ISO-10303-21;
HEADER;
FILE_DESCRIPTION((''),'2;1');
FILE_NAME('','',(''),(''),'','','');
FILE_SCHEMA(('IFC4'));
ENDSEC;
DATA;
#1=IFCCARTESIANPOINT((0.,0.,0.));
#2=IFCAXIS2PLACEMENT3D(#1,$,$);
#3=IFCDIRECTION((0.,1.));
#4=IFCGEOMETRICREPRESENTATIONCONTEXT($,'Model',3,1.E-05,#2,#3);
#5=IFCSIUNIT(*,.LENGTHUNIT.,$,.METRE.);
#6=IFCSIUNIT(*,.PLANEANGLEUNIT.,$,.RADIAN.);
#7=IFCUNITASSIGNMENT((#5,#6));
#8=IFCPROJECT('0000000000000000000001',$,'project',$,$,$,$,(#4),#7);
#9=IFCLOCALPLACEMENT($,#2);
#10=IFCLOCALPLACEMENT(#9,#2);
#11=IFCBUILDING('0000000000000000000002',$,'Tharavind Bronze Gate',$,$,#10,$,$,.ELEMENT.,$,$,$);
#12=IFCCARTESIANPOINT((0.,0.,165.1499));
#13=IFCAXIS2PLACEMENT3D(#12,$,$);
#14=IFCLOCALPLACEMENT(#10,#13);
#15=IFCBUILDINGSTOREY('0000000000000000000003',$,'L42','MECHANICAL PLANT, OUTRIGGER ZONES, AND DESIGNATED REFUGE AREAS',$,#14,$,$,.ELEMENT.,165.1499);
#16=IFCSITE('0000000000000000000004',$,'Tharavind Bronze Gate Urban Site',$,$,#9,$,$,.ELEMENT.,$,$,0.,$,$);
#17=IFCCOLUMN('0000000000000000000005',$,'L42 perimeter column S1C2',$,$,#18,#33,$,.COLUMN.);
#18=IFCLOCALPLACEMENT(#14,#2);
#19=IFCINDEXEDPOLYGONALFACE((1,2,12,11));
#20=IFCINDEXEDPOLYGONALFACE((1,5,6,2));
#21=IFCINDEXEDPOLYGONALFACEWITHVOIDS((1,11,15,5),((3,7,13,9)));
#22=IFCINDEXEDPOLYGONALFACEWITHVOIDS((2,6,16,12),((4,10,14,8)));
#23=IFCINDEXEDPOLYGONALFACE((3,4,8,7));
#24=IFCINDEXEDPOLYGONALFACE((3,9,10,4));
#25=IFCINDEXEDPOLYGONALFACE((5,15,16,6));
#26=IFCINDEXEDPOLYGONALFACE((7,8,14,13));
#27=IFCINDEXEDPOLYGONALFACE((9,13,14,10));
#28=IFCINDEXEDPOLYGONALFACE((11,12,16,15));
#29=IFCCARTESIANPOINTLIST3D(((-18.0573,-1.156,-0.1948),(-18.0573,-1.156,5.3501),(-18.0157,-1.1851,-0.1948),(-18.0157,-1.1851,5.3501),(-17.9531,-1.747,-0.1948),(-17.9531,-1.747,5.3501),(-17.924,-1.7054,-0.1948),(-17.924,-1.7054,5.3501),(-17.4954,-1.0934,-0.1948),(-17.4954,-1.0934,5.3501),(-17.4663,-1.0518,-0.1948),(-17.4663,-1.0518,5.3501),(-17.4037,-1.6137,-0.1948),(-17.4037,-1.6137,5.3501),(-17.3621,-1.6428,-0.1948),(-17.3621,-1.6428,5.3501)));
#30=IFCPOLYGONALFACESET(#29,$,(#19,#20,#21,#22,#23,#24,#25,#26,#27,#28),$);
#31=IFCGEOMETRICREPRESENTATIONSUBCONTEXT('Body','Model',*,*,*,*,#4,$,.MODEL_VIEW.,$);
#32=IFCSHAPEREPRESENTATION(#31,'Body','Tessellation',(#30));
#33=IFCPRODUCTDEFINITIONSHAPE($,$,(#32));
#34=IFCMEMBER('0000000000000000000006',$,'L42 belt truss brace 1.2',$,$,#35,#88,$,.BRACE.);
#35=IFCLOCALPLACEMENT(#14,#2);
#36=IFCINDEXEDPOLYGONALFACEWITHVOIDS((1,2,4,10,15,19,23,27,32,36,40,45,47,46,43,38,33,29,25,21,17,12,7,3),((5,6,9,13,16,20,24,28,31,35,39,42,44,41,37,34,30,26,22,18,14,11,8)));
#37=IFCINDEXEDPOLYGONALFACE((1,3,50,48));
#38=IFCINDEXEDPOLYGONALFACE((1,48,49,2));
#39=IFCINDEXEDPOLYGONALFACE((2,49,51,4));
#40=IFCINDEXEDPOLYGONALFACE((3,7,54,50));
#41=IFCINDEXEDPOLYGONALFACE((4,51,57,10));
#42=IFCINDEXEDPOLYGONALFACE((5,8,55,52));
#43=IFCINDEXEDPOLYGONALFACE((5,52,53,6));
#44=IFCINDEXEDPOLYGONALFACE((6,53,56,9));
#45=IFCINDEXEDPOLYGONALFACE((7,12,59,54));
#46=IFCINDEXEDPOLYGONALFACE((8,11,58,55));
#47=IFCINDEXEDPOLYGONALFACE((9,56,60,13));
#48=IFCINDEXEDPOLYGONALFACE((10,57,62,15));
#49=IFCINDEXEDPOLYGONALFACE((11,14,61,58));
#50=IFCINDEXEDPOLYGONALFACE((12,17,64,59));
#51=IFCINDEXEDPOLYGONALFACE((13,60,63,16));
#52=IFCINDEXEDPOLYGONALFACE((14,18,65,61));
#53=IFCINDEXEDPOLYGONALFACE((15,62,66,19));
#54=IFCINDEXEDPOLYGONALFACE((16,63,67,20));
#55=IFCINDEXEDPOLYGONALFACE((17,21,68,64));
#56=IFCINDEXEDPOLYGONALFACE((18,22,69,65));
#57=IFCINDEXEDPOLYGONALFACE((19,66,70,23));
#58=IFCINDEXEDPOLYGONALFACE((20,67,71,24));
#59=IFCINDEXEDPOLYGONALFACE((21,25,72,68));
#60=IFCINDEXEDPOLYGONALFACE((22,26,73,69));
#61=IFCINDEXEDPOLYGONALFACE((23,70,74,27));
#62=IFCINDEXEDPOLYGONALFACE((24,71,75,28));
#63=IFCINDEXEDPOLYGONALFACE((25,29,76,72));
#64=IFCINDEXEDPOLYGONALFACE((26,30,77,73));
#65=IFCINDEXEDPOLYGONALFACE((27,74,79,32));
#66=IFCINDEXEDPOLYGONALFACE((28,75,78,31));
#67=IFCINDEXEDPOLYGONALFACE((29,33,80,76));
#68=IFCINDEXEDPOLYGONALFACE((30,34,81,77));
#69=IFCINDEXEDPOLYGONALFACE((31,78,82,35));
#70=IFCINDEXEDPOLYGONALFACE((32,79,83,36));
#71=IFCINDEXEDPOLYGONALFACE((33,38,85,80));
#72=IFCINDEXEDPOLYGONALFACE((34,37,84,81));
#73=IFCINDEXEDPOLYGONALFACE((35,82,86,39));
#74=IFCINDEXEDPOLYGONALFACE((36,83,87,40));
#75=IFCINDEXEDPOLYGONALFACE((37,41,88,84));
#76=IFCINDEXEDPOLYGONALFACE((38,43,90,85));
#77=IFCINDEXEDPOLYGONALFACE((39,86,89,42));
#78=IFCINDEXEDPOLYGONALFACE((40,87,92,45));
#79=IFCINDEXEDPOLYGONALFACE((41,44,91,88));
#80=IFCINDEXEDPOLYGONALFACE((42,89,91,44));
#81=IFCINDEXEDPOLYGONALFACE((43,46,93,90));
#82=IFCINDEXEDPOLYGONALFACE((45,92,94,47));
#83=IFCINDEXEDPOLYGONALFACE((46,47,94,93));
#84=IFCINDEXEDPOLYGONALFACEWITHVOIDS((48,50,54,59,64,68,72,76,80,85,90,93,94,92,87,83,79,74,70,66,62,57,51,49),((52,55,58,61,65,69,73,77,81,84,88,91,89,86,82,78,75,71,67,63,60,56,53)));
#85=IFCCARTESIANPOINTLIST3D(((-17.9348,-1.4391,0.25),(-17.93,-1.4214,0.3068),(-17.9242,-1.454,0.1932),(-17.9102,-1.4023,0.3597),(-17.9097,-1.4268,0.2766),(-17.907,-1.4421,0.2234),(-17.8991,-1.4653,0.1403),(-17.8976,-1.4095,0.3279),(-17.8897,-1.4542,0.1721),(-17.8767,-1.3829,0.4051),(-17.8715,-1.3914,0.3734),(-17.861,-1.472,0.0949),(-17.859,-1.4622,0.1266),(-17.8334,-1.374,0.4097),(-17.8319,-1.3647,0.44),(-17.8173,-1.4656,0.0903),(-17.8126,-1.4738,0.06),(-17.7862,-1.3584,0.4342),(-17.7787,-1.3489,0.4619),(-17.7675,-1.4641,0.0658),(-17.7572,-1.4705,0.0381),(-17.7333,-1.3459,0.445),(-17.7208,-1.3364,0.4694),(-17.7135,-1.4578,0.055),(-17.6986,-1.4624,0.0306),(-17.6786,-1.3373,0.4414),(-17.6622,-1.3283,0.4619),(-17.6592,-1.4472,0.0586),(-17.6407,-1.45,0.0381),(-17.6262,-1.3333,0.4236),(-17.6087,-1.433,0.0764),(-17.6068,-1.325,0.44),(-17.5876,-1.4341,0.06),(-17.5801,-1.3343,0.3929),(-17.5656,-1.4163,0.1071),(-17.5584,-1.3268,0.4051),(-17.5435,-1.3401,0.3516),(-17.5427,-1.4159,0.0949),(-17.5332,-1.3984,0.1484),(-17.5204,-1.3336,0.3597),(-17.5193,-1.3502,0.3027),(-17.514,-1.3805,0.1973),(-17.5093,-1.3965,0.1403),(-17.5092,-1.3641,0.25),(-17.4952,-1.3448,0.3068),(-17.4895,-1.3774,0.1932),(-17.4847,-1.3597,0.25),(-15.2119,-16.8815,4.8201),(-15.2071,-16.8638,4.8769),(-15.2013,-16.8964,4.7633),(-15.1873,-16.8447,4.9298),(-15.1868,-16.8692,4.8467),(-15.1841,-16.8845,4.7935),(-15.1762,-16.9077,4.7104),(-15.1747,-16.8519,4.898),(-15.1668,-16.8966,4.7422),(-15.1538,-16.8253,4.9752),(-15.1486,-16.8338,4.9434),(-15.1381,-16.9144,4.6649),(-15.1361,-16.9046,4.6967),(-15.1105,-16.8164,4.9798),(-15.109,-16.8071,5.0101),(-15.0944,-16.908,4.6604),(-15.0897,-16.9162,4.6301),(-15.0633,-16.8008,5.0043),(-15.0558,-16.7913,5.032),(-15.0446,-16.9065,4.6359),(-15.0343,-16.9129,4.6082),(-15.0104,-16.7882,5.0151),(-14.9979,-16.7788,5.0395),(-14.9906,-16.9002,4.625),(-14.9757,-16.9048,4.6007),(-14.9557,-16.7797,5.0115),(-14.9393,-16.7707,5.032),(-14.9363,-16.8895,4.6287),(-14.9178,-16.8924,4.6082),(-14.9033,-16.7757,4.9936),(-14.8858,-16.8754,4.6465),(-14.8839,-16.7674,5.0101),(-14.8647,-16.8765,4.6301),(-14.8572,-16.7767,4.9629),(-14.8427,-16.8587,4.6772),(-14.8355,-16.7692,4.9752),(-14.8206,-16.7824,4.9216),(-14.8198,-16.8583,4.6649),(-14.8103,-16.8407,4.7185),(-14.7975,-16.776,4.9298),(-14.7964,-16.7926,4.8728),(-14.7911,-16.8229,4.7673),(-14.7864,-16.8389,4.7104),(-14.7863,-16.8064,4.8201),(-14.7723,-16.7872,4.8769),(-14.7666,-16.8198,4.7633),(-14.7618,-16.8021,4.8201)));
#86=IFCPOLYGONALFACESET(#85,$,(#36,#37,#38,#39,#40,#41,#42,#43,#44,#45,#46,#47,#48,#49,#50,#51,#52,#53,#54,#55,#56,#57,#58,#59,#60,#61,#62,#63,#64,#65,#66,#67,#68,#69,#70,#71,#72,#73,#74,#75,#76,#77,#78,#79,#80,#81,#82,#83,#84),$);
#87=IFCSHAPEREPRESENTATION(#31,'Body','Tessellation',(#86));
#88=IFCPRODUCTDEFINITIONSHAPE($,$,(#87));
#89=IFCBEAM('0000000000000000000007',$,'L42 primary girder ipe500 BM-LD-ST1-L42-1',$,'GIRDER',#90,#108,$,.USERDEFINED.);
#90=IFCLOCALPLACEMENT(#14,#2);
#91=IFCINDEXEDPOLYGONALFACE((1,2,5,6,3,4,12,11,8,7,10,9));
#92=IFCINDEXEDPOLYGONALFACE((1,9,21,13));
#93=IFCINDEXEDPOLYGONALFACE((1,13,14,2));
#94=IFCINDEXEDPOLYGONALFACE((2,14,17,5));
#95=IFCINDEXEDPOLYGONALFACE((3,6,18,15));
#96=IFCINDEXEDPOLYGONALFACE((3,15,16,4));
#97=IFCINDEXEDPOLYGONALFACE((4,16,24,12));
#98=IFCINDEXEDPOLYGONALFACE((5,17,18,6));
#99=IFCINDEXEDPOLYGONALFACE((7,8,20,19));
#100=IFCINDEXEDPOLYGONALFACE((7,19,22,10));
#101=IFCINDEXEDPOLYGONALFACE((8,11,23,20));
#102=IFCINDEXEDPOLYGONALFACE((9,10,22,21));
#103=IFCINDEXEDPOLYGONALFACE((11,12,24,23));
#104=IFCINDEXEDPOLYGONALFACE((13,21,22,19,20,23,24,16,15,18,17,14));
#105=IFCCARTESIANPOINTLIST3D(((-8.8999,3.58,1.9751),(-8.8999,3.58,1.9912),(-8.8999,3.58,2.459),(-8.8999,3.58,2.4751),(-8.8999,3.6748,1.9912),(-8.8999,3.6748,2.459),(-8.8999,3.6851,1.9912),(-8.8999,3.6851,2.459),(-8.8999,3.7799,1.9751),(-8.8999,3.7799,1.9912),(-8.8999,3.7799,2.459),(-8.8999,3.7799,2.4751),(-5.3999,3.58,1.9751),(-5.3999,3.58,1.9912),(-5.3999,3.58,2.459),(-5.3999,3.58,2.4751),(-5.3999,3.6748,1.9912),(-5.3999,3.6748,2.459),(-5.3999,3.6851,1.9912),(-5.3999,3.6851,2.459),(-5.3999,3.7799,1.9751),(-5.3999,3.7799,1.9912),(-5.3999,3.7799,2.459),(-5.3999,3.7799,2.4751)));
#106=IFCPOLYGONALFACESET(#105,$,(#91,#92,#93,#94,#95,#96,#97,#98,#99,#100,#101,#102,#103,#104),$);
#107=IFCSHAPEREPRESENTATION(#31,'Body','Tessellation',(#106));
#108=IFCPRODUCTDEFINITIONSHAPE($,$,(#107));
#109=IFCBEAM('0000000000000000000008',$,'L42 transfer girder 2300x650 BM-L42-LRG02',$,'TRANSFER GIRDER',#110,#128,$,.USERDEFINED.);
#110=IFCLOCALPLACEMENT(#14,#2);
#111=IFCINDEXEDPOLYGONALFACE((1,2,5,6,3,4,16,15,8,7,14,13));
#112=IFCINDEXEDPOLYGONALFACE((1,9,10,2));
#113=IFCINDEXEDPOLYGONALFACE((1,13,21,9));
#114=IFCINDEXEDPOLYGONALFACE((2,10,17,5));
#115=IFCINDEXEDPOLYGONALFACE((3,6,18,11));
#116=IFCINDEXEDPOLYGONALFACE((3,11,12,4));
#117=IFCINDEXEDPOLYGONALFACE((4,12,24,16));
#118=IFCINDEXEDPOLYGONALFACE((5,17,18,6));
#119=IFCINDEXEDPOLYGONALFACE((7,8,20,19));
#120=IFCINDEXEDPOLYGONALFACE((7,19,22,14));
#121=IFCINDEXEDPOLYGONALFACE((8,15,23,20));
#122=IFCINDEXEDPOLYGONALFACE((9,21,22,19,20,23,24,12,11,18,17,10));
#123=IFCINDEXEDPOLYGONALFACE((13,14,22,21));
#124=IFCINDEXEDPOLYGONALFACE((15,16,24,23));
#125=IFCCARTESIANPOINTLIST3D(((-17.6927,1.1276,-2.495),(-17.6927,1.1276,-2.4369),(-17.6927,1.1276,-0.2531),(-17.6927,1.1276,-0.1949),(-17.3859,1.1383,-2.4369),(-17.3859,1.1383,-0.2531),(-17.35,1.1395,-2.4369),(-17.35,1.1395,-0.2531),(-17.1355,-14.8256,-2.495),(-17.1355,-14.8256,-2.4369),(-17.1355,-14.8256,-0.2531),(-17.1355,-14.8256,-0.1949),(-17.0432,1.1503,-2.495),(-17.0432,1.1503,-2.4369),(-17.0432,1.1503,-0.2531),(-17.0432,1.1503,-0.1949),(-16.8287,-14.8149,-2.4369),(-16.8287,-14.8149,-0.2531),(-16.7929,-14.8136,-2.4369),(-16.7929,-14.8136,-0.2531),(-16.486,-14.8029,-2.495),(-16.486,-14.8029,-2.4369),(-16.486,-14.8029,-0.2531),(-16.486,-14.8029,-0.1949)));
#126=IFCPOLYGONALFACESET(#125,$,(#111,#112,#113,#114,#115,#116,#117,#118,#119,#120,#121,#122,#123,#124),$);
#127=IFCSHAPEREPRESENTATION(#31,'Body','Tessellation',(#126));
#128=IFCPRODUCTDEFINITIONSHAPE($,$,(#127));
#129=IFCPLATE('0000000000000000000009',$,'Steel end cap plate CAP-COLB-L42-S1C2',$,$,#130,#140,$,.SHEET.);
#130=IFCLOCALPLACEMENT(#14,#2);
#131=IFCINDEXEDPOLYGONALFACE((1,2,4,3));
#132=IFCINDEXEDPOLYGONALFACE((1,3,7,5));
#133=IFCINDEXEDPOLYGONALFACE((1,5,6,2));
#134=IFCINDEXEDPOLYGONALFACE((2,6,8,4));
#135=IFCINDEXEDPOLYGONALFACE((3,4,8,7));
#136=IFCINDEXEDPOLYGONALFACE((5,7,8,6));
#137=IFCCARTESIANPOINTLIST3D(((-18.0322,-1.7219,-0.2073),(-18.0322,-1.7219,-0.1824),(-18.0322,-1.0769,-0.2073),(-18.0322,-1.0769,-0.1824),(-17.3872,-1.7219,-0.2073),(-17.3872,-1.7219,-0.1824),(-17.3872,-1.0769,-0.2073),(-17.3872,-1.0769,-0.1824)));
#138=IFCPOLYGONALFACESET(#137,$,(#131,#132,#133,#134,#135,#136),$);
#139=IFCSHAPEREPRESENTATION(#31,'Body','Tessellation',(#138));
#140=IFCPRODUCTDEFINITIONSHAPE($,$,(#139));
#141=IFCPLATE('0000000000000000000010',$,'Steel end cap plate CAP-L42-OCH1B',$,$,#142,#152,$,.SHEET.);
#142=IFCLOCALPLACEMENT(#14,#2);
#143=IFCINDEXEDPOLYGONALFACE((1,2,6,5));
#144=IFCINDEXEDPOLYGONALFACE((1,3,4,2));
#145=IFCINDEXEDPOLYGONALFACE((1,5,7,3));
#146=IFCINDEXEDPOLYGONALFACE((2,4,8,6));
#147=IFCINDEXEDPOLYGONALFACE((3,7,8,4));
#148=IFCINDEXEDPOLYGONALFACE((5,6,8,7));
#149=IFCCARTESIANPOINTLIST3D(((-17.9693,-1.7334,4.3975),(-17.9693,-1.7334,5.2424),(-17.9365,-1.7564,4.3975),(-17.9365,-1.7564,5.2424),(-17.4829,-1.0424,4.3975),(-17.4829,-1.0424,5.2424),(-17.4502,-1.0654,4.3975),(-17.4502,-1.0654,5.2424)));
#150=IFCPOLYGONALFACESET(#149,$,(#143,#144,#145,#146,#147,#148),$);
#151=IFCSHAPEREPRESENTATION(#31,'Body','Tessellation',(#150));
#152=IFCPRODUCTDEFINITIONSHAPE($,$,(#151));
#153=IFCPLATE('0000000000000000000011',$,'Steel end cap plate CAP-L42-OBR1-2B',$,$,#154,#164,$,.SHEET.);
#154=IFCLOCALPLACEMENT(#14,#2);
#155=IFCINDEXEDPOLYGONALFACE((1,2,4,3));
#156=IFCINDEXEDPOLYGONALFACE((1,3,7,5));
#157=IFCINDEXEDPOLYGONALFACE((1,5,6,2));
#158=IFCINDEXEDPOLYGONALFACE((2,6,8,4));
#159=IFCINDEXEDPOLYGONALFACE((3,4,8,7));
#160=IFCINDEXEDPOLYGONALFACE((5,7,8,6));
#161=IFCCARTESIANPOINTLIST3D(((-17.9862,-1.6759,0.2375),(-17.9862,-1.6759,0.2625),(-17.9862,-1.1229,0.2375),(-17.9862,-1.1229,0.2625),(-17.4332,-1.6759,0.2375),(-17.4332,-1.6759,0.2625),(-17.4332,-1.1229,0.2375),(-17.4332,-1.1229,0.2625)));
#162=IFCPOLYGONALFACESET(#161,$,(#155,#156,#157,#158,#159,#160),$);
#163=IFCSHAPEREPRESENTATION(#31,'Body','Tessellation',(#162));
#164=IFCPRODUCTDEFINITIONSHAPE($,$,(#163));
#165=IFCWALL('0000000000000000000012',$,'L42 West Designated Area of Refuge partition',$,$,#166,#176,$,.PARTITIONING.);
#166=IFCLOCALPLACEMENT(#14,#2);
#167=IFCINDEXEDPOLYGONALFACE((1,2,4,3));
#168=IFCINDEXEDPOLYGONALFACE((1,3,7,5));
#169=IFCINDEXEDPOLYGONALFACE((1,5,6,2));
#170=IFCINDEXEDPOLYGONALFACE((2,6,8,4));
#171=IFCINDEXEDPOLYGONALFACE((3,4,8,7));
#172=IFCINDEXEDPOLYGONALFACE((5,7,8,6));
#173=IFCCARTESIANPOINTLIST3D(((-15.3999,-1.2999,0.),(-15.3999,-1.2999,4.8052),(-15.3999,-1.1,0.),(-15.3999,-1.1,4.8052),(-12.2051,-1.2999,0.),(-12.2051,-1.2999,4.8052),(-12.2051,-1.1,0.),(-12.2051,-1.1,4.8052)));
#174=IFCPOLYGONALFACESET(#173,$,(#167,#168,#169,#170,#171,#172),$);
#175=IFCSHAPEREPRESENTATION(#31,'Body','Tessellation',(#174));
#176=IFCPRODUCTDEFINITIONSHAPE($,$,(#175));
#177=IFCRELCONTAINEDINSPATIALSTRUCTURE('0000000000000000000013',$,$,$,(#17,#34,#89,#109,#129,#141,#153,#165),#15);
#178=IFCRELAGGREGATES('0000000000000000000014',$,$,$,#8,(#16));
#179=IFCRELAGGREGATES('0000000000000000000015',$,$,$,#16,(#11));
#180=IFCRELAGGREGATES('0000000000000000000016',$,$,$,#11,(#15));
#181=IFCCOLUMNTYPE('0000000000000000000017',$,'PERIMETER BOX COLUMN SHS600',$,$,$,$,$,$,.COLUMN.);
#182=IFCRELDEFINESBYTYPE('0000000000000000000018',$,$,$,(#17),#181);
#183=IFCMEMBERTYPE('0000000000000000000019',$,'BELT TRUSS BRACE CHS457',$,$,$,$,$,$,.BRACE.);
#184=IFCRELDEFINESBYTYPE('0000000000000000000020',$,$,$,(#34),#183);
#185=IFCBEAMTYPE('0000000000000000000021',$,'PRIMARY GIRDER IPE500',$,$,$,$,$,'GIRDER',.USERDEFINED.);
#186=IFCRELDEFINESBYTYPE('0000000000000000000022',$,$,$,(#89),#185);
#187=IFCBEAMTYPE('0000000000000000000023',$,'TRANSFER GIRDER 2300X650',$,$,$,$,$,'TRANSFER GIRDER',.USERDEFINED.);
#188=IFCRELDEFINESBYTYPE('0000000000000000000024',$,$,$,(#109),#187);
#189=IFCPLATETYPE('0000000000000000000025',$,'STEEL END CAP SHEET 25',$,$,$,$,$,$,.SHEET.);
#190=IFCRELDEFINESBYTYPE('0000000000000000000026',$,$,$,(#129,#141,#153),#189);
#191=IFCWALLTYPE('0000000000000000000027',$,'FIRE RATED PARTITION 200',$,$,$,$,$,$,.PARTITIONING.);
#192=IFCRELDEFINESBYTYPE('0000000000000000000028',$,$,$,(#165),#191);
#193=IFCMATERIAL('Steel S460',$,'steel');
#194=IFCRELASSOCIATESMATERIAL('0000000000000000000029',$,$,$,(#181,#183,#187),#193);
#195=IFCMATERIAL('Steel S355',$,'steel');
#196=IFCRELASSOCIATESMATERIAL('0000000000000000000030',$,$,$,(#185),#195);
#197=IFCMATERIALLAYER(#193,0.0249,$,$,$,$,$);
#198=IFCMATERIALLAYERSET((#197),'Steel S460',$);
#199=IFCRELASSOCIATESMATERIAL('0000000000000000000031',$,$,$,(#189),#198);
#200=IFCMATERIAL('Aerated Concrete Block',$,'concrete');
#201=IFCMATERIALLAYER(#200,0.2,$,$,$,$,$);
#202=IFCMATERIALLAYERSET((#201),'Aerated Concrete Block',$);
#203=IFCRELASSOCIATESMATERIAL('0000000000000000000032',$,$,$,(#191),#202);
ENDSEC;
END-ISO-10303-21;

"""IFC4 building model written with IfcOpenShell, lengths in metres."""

from ifc_helpers import new_model, si_unit, direction, frame, frame_2d, origin, origin_2d, place, context, subcontext, project, spatial, rectangle, hollow_rectangle, hollow_circle, i_section, extrude, material, layer, layer_set, material_profile, profile_set, type_object, element, save


model = new_model("IFC4")

# Units and contexts
model_context = context("Model", 3, precision=1e-05, world=origin(), true_north=direction((0.0, 1.0)))
body_context = subcontext(model_context, "Body", "Model", "MODEL_VIEW")
ifc_project = project(units=[si_unit("LENGTHUNIT", "METRE"), si_unit("PLANEANGLEUNIT", "RADIAN")], contexts=[model_context])

# Site, building, storey
site_placement = place(None, origin())
site = spatial("IfcSite", under=ifc_project, at=site_placement, Name="Tharavind Bronze Gate Urban Site", CompositionType="ELEMENT", RefElevation=0.0)
building_placement = place(site_placement, origin())
building = spatial("IfcBuilding", under=site, at=building_placement, Name="Tharavind Bronze Gate", CompositionType="ELEMENT")
storey_placement = place(building_placement, frame((0.0, 0.0, 165.1499)))
storey = spatial("IfcBuildingStorey", under=building, at=storey_placement, Name="L42", Description="MECHANICAL PLANT, OUTRIGGER ZONES, AND DESIGNATED REFUGE AREAS", CompositionType="ELEMENT", Elevation=165.1499)

# Column
ifc_material_1 = material(Name="Steel S460", Category="steel")
ifc_material_profile_1 = material_profile(ifc_material_1, hollow_rectangle(XDim=0.6001, YDim=0.6001, WallThickness=0.0359, at=origin_2d()), Name="SHS600X36")
ifc_profile_set_1 = profile_set([ifc_material_profile_1], Name="Steel S460")
column_type = type_object("IfcColumnType", Name="PERIMETER BOX COLUMN SHS600", PredefinedType="COLUMN", material=ifc_profile_set_1)
column_placement = place(storey_placement, frame((-17.7097, -1.3994, -0.1948), z_axis=(0.0, 0.0, 1.0), x_axis=(-0.173648, 0.984808, 0.0)))
element("IfcColumn", 1, at=column_placement, inside=storey, type_object=column_type, Name="L42 perimeter column S1C2", PredefinedType="COLUMN", context=body_context, shape_type="SweptSolid", body=[
    extrude(hollow_rectangle(XDim=0.6001, YDim=0.6001, WallThickness=0.0359, at=origin_2d()), origin(), (0.0, 0.0, 1.0), 5.5449),
])

# Member
ifc_material_profile_2 = material_profile(ifc_material_1, hollow_circle(Radius=0.2285, WallThickness=0.0249, at=origin_2d()), Name="CHS457X25")
ifc_profile_set_2 = profile_set([ifc_material_profile_2], Name="Steel S460")
member_type = type_object("IfcMemberType", Name="BELT TRUSS BRACE CHS457", PredefinedType="BRACE", material=ifc_profile_set_2)
member_placement = place(storey_placement, frame((-17.7097, -1.3994, 0.25), z_axis=(0.166712, -0.945471, 0.279806), x_axis=(0.984808, 0.173648, 0.0)))
element("IfcMember", 2, at=member_placement, inside=storey, type_object=member_type, Name="L42 belt truss brace 1.2", PredefinedType="BRACE", context=body_context, shape_type="SweptSolid", body=[
    extrude(hollow_circle(Radius=0.2285, WallThickness=0.0249, at=origin_2d()), origin(), (0.0, 0.0, 1.0), 16.333),
])

# Beams
ifc_material_2 = material(Name="Steel S355", Category="steel")
ifc_material_profile_3 = material_profile(ifc_material_2, i_section(OverallWidth=0.2, OverallDepth=0.5, WebThickness=0.0103, FlangeThickness=0.0161, at=origin_2d()), Name="IPE500")
ifc_profile_set_3 = profile_set([ifc_material_profile_3], Name="Steel S355")
beam_type_1 = type_object("IfcBeamType", Name="PRIMARY GIRDER IPE500", ElementType="GIRDER", PredefinedType="USERDEFINED", material=ifc_profile_set_3)
beam_1_placement = place(storey_placement, frame((-8.8999, 3.6799, 2.2251), z_axis=(1.0, 0.0, 0.0), x_axis=(0.0, 1.0, 0.0)))
element("IfcBeam", 3, at=beam_1_placement, inside=storey, type_object=beam_type_1, Name="L42 primary girder ipe500 BM-LD-ST1-L42-1", ObjectType="GIRDER", PredefinedType="USERDEFINED", context=body_context, shape_type="SweptSolid", body=[
    extrude(i_section(OverallWidth=0.2, OverallDepth=0.5, WebThickness=0.0103, FlangeThickness=0.0161, at=origin_2d()), origin(), (0.0, 0.0, 1.0), 3.5),
])
ifc_material_profile_4 = material_profile(ifc_material_1, i_section(OverallWidth=0.6499, OverallDepth=2.3, WebThickness=0.0359, FlangeThickness=0.0581, at=origin_2d()), Name="PG2300X650")
ifc_profile_set_4 = profile_set([ifc_material_profile_4], Name="Steel S460")
beam_type_2 = type_object("IfcBeamType", Name="TRANSFER GIRDER 2300X650", ElementType="TRANSFER GIRDER", PredefinedType="USERDEFINED", material=ifc_profile_set_4)
beam_2_placement = place(storey_placement, frame((-17.3679, 1.1389, -1.345), z_axis=(0.034902, -0.999391, 0.0), x_axis=(0.999391, 0.034902, 0.0)))
element("IfcBeam", 4, at=beam_2_placement, inside=storey, type_object=beam_type_2, Name="L42 transfer girder 2300x650 BM-L42-LRG02", ObjectType="TRANSFER GIRDER", PredefinedType="USERDEFINED", context=body_context, shape_type="SweptSolid", body=[
    extrude(i_section(OverallWidth=0.6499, OverallDepth=2.3, WebThickness=0.0359, FlangeThickness=0.0581, at=origin_2d()), origin(), (0.0, 0.0, 1.0), 15.9629),
])

# Plates
ifc_layer_1 = layer(ifc_material_1, 0.0249)
ifc_layer_set_1 = layer_set([ifc_layer_1], Name="Steel S460")
plate_type = type_object("IfcPlateType", Name="STEEL END CAP SHEET 25", PredefinedType="SHEET", material=ifc_layer_set_1)
plate_1_placement = place(storey_placement, frame((-17.7097, -1.3994, -0.2073), z_axis=(0.0, 0.0, 1.0), x_axis=(1.0, 0.0, 0.0)))
element("IfcPlate", 5, at=plate_1_placement, inside=storey, type_object=plate_type, Name="Steel end cap plate CAP-COLB-L42-S1C2", PredefinedType="SHEET", context=body_context, shape_type="SweptSolid", body=[
    extrude(rectangle(XDim=0.645, YDim=0.645, at=origin_2d()), origin(), (0.0, 0.0, 1.0), 0.0249),
])
plate_2_placement = place(storey_placement, frame((-17.7097, -1.3994, 4.3975), z_axis=(0.0, 0.0, 1.0), x_axis=(-0.81775, 0.575573, 0.0)))
element("IfcPlate", 6, at=plate_2_placement, inside=storey, type_object=plate_type, Name="Steel end cap plate CAP-L42-OCH1B", PredefinedType="SHEET", context=body_context, shape_type="SweptSolid", body=[
    extrude(rectangle(XDim=0.04, YDim=0.845, at=origin_2d()), origin(), (0.0, 0.0, 1.0), 0.845),
])
plate_3_placement = place(storey_placement, frame((-17.7097, -1.3994, 0.2375), z_axis=(0.0, 0.0, 1.0), x_axis=(1.0, 0.0, 0.0)))
element("IfcPlate", 7, at=plate_3_placement, inside=storey, type_object=plate_type, Name="Steel end cap plate CAP-L42-OBR1-2B", PredefinedType="SHEET", context=body_context, shape_type="SweptSolid", body=[
    extrude(rectangle(XDim=0.553, YDim=0.553, at=origin_2d()), origin(), (0.0, 0.0, 1.0), 0.0249),
])

# Wall
ifc_material_3 = material(Name="Aerated Concrete Block", Category="concrete")
ifc_layer_2 = layer(ifc_material_3, 0.2)
ifc_layer_set_2 = layer_set([ifc_layer_2], Name="Aerated Concrete Block")
wall_type_1 = type_object("IfcWallType", Name="FIRE RATED PARTITION 200", PredefinedType="PARTITIONING", material=ifc_layer_set_2)
wall_1_placement = place(storey_placement, frame((-15.3999, -1.2, 0.0), z_axis=(0.0, 0.0, 1.0), x_axis=(1.0, 0.0, 0.0)))
element("IfcWall", 8, at=wall_1_placement, inside=storey, type_object=wall_type_1, Name="L42 West Designated Area of Refuge partition", PredefinedType="PARTITIONING", context=body_context, shape_type="SweptSolid", body=[
    extrude(rectangle(XDim=3.1948, YDim=0.2, at=frame_2d((1.5974, 0.0))), origin(), (0.0, 0.0, 1.0), 4.8052),
])

save(model, "model.ifc")
